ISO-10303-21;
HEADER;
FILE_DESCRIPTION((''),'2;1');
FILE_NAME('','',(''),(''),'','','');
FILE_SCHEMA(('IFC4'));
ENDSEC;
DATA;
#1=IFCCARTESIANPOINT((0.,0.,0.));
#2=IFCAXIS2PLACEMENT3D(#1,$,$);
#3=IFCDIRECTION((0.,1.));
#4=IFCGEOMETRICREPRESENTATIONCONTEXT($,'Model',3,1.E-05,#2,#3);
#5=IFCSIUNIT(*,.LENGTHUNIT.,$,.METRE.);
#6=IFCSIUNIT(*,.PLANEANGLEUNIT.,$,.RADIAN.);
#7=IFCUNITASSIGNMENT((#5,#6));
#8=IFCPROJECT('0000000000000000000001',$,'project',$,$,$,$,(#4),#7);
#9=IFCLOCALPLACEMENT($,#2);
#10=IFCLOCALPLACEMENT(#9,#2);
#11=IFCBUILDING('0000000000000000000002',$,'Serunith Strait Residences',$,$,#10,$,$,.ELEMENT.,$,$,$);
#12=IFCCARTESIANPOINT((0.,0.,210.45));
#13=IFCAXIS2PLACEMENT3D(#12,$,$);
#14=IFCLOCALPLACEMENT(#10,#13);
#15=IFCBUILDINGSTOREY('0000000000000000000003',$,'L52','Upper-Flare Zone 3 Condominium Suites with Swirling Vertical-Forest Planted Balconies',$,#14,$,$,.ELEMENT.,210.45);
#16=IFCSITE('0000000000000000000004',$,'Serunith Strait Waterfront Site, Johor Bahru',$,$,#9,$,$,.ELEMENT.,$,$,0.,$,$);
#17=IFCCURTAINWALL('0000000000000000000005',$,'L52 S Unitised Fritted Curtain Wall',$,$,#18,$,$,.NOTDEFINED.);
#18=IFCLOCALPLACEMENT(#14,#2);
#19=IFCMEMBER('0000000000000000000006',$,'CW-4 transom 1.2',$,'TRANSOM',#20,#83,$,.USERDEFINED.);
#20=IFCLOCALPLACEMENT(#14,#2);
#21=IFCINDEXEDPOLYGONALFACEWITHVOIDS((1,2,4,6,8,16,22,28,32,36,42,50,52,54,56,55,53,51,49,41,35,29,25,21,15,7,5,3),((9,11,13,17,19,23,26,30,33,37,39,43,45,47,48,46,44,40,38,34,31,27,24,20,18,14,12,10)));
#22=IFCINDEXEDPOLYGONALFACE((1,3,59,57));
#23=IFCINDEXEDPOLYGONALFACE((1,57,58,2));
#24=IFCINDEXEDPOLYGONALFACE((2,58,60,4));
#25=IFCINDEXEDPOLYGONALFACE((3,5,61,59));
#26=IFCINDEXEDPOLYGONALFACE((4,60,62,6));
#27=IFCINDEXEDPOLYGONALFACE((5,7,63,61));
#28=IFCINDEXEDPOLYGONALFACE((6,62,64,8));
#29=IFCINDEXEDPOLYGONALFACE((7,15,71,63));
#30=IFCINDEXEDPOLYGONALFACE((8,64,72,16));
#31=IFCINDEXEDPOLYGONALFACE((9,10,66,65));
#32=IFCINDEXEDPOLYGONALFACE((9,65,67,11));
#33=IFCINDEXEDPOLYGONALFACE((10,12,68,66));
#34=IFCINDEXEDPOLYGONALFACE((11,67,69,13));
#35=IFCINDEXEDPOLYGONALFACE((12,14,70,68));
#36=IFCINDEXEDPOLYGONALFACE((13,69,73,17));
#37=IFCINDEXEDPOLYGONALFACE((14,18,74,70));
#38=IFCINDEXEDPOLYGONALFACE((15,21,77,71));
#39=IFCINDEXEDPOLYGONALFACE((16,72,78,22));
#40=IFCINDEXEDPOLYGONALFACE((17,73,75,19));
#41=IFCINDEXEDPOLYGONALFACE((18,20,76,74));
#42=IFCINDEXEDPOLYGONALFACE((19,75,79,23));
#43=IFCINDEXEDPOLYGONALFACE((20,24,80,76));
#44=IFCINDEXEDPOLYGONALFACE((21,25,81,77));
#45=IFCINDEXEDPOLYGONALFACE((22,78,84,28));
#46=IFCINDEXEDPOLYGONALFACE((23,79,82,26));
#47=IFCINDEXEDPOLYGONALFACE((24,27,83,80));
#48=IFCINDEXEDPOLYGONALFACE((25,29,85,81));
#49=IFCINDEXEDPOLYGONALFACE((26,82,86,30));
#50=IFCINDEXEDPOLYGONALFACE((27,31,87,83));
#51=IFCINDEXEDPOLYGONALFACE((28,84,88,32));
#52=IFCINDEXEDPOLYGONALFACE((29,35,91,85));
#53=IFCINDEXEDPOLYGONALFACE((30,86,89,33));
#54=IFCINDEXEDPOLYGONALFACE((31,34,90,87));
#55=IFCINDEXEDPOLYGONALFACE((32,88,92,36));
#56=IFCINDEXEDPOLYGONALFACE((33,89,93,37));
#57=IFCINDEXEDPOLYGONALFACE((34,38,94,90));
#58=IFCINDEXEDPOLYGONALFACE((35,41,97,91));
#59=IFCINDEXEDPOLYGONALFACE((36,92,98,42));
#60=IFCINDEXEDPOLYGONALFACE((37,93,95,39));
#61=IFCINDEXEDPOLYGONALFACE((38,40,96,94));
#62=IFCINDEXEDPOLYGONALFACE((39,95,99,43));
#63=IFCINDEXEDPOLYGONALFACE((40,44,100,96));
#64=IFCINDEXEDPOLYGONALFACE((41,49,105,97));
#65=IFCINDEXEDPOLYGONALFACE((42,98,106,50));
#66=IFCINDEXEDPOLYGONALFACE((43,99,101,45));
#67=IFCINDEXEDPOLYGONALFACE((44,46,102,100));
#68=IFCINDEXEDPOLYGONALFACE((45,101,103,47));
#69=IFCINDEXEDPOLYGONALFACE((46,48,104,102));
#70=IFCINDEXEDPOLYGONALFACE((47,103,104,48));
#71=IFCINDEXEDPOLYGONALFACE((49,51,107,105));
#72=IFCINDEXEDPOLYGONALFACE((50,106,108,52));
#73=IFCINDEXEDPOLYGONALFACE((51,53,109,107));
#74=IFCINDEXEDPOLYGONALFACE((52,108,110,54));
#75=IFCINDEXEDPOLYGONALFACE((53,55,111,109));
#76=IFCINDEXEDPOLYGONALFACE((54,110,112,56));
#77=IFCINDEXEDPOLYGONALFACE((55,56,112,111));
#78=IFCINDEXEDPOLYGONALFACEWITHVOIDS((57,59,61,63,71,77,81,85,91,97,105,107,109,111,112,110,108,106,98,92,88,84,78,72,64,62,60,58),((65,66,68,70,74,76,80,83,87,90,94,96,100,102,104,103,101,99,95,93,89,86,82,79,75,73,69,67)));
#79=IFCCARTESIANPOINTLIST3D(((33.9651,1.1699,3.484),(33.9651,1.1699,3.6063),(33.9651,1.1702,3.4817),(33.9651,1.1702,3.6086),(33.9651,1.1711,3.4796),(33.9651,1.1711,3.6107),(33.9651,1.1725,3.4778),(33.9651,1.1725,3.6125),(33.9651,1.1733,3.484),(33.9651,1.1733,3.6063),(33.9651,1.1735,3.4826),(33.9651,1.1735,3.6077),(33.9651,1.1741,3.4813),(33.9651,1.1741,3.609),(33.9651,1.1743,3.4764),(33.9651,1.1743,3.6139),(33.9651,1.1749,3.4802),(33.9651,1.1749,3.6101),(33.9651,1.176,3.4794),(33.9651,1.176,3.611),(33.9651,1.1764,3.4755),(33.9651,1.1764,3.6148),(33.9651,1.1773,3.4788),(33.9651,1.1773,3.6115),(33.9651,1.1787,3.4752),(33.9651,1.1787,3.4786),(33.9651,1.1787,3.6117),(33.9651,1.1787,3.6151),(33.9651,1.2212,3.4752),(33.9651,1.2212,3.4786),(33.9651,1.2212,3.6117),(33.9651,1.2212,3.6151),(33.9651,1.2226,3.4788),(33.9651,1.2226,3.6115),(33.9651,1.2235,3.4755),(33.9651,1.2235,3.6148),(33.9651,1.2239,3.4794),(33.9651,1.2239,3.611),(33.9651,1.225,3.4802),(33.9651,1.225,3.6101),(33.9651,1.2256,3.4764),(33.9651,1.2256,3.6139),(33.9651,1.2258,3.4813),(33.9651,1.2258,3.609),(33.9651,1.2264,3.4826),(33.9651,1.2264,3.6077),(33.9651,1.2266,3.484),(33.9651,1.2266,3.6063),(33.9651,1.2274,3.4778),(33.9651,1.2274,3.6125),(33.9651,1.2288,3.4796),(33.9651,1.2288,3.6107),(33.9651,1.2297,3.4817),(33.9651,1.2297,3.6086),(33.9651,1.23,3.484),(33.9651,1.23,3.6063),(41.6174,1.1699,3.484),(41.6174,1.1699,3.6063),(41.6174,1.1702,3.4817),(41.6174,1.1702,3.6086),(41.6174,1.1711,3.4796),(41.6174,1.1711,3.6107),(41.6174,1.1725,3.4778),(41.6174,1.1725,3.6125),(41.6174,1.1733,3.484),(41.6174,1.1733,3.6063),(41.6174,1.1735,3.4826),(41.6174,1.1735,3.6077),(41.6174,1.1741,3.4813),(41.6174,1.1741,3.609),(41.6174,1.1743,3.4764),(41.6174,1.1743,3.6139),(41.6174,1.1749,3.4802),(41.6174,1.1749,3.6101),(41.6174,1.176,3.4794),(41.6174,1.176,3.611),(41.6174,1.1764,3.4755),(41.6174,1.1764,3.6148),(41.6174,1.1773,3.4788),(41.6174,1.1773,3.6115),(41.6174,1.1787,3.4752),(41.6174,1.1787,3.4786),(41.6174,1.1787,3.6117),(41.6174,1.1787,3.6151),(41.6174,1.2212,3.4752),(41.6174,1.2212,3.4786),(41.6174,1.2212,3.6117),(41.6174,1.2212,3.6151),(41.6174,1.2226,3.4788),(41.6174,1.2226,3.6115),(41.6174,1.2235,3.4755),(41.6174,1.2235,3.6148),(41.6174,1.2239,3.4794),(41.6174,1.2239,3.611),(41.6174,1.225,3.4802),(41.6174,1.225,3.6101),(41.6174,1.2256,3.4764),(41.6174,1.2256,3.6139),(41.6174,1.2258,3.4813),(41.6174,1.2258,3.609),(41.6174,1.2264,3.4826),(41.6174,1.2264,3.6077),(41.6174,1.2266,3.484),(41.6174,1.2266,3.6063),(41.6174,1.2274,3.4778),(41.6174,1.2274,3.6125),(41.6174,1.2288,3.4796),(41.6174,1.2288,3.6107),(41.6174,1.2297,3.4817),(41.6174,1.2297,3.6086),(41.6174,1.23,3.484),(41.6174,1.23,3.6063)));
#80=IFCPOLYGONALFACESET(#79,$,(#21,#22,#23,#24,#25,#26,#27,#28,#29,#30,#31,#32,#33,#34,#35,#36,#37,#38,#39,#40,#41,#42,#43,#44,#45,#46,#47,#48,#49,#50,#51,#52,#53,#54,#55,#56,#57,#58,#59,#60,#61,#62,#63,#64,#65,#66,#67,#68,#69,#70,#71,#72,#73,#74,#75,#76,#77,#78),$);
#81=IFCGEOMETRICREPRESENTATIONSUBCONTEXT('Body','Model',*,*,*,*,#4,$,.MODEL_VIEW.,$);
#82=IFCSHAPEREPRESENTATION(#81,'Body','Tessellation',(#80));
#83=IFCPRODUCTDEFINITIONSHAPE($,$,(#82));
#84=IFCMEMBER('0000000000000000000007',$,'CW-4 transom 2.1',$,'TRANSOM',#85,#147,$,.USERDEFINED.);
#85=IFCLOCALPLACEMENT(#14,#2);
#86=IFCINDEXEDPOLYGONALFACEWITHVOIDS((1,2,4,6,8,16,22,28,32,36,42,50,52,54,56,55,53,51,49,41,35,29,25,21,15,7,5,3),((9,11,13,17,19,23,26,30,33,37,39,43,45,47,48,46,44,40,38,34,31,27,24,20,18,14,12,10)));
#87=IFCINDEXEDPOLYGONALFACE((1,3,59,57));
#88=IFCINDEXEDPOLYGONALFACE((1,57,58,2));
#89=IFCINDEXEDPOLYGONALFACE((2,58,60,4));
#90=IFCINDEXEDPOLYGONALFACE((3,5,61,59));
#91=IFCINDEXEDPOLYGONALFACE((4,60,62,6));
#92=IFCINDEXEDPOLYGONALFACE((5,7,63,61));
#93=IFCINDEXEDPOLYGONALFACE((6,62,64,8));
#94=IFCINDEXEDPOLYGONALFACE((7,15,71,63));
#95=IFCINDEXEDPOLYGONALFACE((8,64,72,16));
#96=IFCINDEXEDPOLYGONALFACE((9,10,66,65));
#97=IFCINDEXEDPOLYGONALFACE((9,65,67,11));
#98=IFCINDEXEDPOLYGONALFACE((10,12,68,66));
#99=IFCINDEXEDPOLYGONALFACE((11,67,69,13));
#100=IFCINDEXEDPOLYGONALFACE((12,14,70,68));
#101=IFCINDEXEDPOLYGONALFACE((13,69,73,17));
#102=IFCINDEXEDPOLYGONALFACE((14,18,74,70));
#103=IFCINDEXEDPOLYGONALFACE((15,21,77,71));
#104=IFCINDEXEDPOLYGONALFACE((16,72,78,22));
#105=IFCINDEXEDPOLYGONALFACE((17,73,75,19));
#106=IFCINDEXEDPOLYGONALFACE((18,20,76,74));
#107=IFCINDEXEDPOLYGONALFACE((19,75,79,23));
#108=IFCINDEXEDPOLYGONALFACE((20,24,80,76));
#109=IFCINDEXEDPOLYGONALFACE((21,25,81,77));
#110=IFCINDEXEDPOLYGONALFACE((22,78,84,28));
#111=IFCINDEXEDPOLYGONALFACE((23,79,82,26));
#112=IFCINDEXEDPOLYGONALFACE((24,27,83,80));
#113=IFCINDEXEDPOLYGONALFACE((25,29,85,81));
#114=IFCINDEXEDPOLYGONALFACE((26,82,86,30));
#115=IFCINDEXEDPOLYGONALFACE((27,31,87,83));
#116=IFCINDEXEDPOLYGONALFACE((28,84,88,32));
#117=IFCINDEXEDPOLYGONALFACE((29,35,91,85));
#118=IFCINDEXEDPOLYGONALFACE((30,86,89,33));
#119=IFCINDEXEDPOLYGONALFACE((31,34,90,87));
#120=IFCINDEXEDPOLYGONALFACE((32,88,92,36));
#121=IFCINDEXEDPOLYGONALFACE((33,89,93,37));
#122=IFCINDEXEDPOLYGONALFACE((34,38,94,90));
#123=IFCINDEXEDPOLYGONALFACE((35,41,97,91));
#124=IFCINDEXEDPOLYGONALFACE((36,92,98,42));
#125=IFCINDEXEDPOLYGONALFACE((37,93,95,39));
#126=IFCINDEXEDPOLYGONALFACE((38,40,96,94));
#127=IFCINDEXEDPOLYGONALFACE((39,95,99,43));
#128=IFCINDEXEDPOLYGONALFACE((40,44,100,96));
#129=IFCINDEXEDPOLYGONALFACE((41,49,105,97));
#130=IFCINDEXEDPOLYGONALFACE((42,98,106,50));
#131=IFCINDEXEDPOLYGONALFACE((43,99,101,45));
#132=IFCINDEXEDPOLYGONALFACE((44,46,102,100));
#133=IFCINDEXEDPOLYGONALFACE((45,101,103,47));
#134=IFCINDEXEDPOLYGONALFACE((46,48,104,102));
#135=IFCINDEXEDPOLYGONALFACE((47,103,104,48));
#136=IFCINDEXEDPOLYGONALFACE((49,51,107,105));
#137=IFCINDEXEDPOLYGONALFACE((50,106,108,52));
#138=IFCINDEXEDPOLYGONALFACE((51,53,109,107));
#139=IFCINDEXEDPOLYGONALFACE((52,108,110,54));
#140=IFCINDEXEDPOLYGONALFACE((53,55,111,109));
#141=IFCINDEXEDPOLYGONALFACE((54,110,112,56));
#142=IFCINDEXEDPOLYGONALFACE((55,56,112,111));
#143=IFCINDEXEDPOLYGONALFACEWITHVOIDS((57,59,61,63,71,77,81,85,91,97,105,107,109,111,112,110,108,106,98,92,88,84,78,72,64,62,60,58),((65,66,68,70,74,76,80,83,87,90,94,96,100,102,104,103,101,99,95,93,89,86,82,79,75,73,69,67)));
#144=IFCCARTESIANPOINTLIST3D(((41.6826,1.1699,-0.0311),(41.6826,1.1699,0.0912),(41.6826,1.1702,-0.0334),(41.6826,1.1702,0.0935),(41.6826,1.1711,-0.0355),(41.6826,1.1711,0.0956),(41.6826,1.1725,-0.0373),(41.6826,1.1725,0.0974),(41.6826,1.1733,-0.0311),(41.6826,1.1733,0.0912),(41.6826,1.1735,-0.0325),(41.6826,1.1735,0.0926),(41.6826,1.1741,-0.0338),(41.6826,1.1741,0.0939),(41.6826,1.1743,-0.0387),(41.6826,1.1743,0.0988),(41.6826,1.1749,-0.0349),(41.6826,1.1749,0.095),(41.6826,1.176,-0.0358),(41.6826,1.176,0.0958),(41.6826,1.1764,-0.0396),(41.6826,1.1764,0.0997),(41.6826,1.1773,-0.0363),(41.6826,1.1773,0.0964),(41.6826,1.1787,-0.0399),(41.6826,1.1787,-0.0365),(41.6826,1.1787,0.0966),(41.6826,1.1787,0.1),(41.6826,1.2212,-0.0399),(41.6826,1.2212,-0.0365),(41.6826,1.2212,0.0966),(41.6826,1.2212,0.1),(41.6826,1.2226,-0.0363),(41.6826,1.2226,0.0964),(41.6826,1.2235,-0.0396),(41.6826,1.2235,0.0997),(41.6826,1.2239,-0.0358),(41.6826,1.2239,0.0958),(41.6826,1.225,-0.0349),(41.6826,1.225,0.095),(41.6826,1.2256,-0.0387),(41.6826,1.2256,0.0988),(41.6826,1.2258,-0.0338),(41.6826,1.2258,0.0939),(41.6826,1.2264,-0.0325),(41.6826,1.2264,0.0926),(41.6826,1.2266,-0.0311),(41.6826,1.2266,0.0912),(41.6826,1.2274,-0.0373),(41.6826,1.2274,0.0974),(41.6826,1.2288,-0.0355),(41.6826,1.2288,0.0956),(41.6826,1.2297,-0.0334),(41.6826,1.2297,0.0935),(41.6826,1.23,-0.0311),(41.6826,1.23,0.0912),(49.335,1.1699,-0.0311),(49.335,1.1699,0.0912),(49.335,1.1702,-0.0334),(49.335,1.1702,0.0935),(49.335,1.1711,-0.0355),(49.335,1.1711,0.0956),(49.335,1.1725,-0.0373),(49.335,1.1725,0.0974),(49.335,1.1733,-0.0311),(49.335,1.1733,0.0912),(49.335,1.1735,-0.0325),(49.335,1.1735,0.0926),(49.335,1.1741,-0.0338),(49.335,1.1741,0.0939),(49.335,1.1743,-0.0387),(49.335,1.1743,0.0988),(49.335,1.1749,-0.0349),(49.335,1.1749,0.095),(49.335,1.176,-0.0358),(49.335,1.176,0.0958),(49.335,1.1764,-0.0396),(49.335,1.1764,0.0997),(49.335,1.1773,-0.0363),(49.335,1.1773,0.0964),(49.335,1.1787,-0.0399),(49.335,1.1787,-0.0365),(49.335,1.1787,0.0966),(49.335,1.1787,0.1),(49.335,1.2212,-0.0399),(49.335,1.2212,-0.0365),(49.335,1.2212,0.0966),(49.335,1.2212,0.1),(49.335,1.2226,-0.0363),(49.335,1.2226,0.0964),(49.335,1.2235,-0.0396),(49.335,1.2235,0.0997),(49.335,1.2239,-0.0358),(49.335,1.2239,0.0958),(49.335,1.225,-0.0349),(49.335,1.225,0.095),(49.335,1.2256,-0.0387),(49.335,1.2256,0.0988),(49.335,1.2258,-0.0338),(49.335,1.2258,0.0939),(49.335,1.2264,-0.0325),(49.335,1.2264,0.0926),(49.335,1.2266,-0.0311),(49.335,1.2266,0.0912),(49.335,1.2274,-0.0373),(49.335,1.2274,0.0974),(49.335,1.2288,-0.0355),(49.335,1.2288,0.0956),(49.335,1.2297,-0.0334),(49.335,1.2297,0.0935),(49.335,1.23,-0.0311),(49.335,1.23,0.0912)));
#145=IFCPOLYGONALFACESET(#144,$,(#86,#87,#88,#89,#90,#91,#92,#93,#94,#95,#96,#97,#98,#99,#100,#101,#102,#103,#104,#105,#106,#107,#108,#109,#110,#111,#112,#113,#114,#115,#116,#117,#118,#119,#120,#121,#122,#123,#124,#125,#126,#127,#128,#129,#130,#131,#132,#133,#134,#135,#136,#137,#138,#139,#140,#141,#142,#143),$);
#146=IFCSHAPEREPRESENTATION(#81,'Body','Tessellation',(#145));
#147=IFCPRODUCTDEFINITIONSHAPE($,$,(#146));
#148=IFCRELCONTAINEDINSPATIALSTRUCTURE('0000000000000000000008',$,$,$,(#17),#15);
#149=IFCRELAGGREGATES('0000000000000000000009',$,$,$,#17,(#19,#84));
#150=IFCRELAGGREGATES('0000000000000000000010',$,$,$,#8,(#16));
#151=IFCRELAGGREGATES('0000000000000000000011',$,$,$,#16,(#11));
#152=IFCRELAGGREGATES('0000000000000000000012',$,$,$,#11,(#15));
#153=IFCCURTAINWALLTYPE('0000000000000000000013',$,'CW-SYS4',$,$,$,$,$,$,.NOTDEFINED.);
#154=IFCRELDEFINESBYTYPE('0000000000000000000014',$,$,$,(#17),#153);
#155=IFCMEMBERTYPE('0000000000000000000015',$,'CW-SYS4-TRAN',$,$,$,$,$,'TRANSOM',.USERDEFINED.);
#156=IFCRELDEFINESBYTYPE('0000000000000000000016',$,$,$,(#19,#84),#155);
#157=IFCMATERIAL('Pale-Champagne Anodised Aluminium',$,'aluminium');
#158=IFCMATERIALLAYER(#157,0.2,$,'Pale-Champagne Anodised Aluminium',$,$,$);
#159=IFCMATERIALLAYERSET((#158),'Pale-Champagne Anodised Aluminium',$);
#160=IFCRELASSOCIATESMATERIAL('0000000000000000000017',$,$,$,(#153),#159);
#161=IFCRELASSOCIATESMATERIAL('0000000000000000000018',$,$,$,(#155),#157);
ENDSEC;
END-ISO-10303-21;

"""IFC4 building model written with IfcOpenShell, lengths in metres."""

from ifc_helpers import new_model, si_unit, direction, frame, origin, origin_2d, place, context, subcontext, project, spatial, hollow_rectangle, extrude, source, transform, mapped, material, layer, layer_set, material_profile, profile_set, type_object, element, aggregate, save


model = new_model("IFC4")

# Units and contexts
model_context = context("Model", 3, precision=1e-05, world=origin(), true_north=direction((0.0, 1.0)))
body_context = subcontext(model_context, "Body", "Model", "MODEL_VIEW")
ifc_project = project(units=[si_unit("LENGTHUNIT", "METRE"), si_unit("PLANEANGLEUNIT", "RADIAN")], contexts=[model_context])

# Site, building, storey
site_placement = place(None, origin())
site = spatial("IfcSite", under=ifc_project, at=site_placement, Name="Serunith Strait Waterfront Site, Johor Bahru", CompositionType="ELEMENT", RefElevation=0.0)
building_placement = place(site_placement, origin())
building = spatial("IfcBuilding", under=site, at=building_placement, Name="Serunith Strait Residences", CompositionType="ELEMENT")
storey_placement = place(building_placement, frame((0.0, 0.0, 210.45)))
storey = spatial("IfcBuildingStorey", under=building, at=storey_placement, Name="L52", Description="Upper-Flare Zone 3 Condominium Suites with Swirling Vertical-Forest Planted Balconies", CompositionType="ELEMENT", Elevation=210.45)

# Shared definitions
ifc_material_1 = material(Name="Pale-Champagne Anodised Aluminium", Category="aluminium")
ifc_layer_1 = layer(ifc_material_1, 0.2, Name="Pale-Champagne Anodised Aluminium")
ifc_layer_set_1 = layer_set([ifc_layer_1], Name="Pale-Champagne Anodised Aluminium")
curtain_wall_type = type_object("IfcCurtainWallType", Name="CW-SYS4", PredefinedType="NOTDEFINED", material=ifc_layer_set_1)

# Curtain wall, members
curtain_wall_1_placement = place(storey_placement, origin())
curtain_wall_1 = element("IfcCurtainWall", 1, at=curtain_wall_1_placement, inside=storey, type_object=curtain_wall_type, Name="L52 S Unitised Fritted Curtain Wall", PredefinedType="NOTDEFINED")
ifc_material_profile_1 = material_profile(ifc_material_1, hollow_rectangle(XDim=0.0601, YDim=0.1399, WallThickness=0.0034, InnerFilletRadius=0.0054, OuterFilletRadius=0.0088, at=origin_2d()), Name="ALU 140x60x3.5")
ifc_profile_set_1 = profile_set([ifc_material_profile_1], Name="Pale-Champagne Anodised Aluminium")
member_type_1 = type_object("IfcMemberType", Name="CW-SYS4-TRAN", ElementType="TRANSOM", PredefinedType="USERDEFINED", material=ifc_profile_set_1)
shared_shape_1 = source(origin(), body_context, "Body", "SweptSolid", [
    extrude(hollow_rectangle(XDim=0.0601, YDim=0.1399, WallThickness=0.0034, InnerFilletRadius=0.0054, OuterFilletRadius=0.0088, at=origin_2d()), origin(), (0.0, 0.0, 1.0), 7.6523),
])
member_1_placement = place(storey_placement, frame((33.9651, 1.2, 3.5452), z_axis=(1.0, 0.0, 0.0), x_axis=(0.0, 1.0, 0.0)))
member_1 = element("IfcMember", 2, at=member_1_placement, type_object=member_type_1, Name="CW-4 transom 1.2", ObjectType="TRANSOM", PredefinedType="USERDEFINED", context=body_context, shape_type="MappedRepresentation", body=[
    mapped(shared_shape_1, transform((0.0, 0.0, 0.0), scale=1.0)),
])
member_2_placement = place(storey_placement, frame((41.6826, 1.2, 0.03), z_axis=(1.0, 0.0, 0.0), x_axis=(0.0, 1.0, 0.0)))
member_2 = element("IfcMember", 3, at=member_2_placement, type_object=member_type_1, Name="CW-4 transom 2.1", ObjectType="TRANSOM", PredefinedType="USERDEFINED", context=body_context, shape_type="MappedRepresentation", body=[
    mapped(shared_shape_1, transform((0.0, 0.0, 0.0), scale=1.0)),
])
aggregate(curtain_wall_1, [member_1, member_2])

save(model, "model.ifc")
